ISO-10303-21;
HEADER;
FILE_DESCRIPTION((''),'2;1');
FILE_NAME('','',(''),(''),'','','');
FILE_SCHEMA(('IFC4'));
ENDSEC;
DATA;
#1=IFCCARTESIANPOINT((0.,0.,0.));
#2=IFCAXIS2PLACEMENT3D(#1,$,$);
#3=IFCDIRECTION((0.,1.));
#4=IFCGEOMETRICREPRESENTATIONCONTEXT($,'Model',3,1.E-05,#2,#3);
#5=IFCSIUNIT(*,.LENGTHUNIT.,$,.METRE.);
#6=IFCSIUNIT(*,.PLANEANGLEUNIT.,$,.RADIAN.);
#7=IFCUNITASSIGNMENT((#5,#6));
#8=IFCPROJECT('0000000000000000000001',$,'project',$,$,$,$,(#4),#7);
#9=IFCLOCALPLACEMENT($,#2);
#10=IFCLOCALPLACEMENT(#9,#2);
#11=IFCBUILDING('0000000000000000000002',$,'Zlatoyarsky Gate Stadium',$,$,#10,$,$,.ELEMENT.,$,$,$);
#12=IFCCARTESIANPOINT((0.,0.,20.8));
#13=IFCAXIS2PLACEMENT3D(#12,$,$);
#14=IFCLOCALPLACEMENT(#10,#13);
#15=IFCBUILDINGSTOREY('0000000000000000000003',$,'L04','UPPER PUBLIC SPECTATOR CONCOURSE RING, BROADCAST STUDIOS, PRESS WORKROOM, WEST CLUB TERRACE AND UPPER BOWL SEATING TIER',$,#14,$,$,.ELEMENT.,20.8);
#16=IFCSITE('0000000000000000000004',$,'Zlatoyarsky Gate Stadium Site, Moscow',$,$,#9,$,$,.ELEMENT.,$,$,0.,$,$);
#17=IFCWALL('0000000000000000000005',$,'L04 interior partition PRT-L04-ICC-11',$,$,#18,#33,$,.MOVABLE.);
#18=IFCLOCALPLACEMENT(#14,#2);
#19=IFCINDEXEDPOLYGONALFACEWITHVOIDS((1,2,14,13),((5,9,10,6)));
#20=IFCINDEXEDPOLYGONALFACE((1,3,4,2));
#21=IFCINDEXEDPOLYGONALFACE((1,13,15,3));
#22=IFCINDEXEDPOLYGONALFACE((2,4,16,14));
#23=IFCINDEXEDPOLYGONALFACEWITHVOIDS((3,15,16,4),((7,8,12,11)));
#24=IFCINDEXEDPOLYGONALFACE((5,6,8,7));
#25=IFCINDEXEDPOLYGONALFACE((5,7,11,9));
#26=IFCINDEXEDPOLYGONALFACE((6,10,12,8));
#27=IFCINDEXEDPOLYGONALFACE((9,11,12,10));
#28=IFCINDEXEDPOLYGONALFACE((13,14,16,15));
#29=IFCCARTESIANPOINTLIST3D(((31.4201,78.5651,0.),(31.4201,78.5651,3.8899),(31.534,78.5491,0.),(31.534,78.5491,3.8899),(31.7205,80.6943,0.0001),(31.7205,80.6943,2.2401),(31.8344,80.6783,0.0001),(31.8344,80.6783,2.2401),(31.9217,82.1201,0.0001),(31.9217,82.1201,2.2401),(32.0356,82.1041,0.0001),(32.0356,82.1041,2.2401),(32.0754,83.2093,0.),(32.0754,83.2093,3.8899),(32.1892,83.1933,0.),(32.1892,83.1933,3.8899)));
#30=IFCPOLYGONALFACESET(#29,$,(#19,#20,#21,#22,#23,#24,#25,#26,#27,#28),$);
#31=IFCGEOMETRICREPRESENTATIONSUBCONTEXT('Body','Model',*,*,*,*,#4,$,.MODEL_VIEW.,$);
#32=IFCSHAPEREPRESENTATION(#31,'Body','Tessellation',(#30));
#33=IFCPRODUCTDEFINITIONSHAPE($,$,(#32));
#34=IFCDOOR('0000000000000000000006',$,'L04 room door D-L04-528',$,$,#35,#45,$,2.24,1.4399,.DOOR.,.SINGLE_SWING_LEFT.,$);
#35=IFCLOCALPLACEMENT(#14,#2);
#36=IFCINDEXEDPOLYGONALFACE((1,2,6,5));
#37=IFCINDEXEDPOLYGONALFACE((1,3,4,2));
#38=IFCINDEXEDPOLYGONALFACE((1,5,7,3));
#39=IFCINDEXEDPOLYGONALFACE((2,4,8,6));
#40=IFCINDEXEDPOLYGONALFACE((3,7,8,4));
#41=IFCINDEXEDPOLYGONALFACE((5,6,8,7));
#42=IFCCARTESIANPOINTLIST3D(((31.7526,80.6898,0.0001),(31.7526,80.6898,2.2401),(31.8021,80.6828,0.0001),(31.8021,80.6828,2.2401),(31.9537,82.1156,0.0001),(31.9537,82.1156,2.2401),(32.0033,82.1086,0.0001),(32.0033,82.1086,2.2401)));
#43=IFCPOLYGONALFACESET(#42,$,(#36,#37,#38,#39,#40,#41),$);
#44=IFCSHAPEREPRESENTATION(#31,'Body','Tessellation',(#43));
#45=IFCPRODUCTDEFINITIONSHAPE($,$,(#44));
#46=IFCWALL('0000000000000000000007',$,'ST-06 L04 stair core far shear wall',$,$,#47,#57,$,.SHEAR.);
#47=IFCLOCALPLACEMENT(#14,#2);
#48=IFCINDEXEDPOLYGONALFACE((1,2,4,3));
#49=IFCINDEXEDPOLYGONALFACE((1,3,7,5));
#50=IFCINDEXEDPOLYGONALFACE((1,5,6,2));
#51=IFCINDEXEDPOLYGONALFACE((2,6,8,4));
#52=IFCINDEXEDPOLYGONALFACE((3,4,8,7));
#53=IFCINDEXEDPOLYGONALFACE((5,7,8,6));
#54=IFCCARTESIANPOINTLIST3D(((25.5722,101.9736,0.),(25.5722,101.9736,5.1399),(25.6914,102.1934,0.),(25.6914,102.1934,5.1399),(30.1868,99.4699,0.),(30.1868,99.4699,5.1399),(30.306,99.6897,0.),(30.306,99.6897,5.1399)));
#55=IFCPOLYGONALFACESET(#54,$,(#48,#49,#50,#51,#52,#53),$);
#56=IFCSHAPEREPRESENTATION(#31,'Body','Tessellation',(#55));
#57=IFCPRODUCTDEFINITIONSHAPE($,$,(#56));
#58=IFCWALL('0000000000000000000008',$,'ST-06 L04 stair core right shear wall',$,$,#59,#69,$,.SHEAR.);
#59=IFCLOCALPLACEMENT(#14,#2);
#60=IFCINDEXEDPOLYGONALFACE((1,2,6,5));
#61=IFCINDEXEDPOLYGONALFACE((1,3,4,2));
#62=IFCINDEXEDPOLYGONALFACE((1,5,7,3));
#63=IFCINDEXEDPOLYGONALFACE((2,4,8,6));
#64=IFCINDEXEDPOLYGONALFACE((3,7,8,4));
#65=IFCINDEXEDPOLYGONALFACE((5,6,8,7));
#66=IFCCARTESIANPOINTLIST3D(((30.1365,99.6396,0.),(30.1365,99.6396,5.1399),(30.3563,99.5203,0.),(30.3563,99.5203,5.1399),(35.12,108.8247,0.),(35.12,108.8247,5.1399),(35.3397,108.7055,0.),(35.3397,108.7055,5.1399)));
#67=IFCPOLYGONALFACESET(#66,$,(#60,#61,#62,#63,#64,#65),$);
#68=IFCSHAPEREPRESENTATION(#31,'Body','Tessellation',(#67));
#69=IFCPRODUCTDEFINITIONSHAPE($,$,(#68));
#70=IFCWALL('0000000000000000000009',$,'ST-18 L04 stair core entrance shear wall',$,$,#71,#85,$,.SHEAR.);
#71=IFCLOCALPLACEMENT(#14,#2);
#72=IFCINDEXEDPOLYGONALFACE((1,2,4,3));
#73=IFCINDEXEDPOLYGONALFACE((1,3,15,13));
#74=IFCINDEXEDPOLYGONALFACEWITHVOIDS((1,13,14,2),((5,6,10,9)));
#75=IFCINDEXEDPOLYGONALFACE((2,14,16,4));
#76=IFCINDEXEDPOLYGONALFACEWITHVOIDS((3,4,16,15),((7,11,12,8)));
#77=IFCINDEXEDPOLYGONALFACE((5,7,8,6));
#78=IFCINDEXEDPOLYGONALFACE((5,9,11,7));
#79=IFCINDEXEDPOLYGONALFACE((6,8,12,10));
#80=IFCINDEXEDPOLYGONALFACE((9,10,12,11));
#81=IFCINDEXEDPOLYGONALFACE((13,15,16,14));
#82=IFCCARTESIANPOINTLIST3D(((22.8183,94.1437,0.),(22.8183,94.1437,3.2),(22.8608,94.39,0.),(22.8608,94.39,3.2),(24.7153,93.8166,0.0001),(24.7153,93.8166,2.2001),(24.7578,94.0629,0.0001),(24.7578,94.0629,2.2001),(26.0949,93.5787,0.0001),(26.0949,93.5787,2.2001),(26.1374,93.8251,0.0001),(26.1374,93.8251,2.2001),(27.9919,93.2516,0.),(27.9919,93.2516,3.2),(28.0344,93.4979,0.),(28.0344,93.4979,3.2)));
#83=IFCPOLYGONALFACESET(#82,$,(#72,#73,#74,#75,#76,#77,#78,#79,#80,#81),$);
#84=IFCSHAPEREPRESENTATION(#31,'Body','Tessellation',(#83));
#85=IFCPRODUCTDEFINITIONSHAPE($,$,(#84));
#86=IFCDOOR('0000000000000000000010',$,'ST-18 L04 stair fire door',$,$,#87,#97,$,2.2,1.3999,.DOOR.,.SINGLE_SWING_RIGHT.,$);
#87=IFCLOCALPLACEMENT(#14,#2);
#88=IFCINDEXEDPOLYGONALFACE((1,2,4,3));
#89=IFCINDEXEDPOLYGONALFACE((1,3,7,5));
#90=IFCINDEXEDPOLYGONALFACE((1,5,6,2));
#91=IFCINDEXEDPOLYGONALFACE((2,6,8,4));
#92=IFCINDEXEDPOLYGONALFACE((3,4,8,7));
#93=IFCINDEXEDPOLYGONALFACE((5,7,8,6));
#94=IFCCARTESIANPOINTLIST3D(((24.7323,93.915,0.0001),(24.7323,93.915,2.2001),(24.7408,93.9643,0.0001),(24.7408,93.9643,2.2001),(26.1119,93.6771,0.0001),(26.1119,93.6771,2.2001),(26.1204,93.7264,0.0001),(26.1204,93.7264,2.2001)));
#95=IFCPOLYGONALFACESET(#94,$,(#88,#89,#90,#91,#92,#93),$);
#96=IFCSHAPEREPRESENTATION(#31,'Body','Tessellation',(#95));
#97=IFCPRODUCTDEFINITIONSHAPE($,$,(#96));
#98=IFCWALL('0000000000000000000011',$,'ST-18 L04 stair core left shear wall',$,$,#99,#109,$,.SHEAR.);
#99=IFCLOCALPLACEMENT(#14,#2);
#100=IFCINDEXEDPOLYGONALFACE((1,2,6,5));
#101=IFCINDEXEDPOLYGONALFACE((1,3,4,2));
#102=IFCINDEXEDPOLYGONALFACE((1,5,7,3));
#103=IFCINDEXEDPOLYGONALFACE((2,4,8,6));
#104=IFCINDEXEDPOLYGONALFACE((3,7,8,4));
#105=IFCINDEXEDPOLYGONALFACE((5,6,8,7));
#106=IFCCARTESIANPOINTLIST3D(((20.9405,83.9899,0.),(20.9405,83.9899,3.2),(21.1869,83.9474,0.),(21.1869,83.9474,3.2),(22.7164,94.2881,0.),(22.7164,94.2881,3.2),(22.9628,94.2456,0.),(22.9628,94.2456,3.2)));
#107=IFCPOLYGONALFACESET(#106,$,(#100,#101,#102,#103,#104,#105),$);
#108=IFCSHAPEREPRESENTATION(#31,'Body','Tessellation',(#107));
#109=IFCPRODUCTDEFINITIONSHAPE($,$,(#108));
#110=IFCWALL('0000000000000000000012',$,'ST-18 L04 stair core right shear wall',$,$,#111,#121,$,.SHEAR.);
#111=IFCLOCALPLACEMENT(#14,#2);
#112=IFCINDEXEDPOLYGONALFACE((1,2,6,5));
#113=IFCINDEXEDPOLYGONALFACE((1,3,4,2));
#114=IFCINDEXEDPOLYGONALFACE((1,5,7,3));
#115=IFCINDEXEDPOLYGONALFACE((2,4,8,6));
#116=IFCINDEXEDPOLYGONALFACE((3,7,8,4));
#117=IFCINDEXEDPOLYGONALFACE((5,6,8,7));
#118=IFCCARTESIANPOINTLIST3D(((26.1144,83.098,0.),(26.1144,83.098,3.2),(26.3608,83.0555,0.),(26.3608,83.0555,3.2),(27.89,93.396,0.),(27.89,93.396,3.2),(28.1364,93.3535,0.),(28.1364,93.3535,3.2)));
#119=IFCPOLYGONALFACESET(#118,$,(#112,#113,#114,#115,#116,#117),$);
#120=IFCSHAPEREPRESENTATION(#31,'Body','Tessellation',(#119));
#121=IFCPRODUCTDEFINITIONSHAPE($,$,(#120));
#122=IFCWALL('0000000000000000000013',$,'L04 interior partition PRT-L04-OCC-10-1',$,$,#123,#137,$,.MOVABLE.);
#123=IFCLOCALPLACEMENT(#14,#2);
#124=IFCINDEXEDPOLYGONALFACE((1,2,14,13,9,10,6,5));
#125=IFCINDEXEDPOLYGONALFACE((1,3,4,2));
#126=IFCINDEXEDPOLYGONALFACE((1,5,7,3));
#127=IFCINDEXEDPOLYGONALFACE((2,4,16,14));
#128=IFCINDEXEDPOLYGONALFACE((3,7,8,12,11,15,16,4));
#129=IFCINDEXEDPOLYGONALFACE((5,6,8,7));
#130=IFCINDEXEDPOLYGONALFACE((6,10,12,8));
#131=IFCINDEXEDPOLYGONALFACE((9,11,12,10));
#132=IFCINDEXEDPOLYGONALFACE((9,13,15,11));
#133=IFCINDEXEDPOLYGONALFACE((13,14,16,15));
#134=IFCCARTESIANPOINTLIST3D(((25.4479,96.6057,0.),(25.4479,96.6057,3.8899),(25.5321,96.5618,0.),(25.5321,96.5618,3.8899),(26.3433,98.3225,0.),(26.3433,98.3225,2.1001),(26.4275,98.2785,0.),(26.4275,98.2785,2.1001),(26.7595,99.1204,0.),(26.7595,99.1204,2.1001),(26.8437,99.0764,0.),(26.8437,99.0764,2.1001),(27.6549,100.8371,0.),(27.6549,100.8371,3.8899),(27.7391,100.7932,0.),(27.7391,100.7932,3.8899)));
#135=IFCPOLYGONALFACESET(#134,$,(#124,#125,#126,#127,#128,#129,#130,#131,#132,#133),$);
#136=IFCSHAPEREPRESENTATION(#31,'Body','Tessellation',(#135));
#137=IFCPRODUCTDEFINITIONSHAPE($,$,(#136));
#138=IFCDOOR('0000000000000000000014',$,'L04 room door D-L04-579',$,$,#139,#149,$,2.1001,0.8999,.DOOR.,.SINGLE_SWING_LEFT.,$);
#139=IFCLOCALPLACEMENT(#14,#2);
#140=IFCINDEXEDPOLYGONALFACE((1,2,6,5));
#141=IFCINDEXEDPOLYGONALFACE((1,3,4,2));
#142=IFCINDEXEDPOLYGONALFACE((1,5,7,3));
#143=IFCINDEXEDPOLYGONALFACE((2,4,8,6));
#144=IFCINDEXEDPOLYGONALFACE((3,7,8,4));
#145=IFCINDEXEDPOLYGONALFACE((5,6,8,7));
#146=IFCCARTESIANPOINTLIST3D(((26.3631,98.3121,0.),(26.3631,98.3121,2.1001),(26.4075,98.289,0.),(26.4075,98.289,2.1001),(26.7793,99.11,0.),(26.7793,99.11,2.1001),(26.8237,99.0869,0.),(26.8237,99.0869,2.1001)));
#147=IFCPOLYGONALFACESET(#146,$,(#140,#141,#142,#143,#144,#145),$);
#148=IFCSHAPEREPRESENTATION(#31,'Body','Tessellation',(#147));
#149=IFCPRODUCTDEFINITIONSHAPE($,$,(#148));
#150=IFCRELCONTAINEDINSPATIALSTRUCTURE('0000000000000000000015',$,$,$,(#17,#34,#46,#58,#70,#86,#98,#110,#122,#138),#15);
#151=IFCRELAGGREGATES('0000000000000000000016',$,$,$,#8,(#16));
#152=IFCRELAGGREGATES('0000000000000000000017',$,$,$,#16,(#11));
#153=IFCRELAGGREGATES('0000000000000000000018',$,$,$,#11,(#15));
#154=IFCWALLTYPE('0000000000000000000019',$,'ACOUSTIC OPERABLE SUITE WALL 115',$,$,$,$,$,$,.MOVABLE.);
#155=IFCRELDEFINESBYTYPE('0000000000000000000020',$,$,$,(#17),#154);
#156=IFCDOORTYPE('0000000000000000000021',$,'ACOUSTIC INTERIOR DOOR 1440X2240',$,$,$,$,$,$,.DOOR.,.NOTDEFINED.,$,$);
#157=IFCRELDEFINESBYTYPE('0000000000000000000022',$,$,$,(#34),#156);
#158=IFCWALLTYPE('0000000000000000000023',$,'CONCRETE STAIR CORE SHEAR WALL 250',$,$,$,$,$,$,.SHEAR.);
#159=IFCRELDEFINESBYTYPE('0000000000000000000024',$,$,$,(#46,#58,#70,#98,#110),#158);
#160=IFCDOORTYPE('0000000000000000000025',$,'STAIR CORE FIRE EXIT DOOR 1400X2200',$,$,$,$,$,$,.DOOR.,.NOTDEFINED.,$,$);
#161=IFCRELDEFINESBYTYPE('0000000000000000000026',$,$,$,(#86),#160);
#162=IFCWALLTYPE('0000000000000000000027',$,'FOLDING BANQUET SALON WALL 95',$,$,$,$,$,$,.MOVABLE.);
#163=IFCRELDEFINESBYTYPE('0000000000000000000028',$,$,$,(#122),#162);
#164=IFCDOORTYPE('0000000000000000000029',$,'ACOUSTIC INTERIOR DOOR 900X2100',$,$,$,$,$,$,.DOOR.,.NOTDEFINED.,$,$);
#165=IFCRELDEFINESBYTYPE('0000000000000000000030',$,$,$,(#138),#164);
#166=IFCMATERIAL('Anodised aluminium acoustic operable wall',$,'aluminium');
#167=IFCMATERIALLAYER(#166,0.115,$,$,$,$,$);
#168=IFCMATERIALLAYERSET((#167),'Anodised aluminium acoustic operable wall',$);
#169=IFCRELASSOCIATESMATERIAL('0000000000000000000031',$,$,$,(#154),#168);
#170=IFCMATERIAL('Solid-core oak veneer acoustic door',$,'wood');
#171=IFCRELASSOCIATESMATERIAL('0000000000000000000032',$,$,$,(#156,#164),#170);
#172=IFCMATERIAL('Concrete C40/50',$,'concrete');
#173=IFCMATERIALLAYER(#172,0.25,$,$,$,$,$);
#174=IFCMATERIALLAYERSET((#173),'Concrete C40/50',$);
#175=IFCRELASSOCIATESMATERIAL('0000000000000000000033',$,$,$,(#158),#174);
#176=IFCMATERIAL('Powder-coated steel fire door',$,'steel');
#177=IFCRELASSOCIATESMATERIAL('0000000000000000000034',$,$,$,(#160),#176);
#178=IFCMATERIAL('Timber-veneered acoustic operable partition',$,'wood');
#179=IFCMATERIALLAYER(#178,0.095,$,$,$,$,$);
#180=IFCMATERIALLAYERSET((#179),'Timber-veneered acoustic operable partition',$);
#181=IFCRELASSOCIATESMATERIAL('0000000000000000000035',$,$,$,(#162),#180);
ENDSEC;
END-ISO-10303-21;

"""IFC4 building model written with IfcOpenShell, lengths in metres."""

from ifc_helpers import new_model, si_unit, direction, frame, frame_2d, origin, place, context, subcontext, project, spatial, rectangle, extrude, material, layer, layer_set, type_object, element, fill, save


model = new_model("IFC4")

# Units and contexts
model_context = context("Model", 3, precision=1e-05, world=origin(), true_north=direction((0.0, 1.0)))
body_context = subcontext(model_context, "Body", "Model", "MODEL_VIEW")
ifc_project = project(units=[si_unit("LENGTHUNIT", "METRE"), si_unit("PLANEANGLEUNIT", "RADIAN")], contexts=[model_context])

# Site, building, storey
site_placement = place(None, origin())
site = spatial("IfcSite", under=ifc_project, at=site_placement, Name="Zlatoyarsky Gate Stadium Site, Moscow", CompositionType="ELEMENT", RefElevation=0.0)
building_placement = place(site_placement, origin())
building = spatial("IfcBuilding", under=site, at=building_placement, Name="Zlatoyarsky Gate Stadium", CompositionType="ELEMENT")
storey_placement = place(building_placement, frame((0.0, 0.0, 20.8)))
storey = spatial("IfcBuildingStorey", under=building, at=storey_placement, Name="L04", Description="UPPER PUBLIC SPECTATOR CONCOURSE RING, BROADCAST STUDIOS, PRESS WORKROOM, WEST CLUB TERRACE AND UPPER BOWL SEATING TIER", CompositionType="ELEMENT", Elevation=20.8)

# Wall, opening, door
ifc_material_1 = material(Name="Anodised aluminium acoustic operable wall", Category="aluminium")
ifc_layer_1 = layer(ifc_material_1, 0.115)
ifc_layer_set_1 = layer_set([ifc_layer_1], Name="Anodised aluminium acoustic operable wall")
wall_type_1 = type_object("IfcWallType", Name="ACOUSTIC OPERABLE SUITE WALL 115", PredefinedType="MOVABLE", material=ifc_layer_set_1)
wall_1_placement = place(storey_placement, frame((32.1323, 83.2014, 0.0), z_axis=(0.0, 0.0, 1.0), x_axis=(-0.139709, -0.990193, 0.0)))
wall_1 = element("IfcWall", 1, at=wall_1_placement, inside=storey, type_object=wall_type_1, Name="L04 interior partition PRT-L04-ICC-11", PredefinedType="MOVABLE", context=body_context, shape_type="SweptSolid", body=[
    extrude(rectangle(XDim=4.6902, YDim=0.115, at=frame_2d((2.3452, 0.0))), origin(), (0.0, 0.0, 1.0), 3.8899),
])
opening_1_placement = place(wall_1_placement, frame((1.1001, 0.0, 0.0)))
opening_1 = element("IfcOpeningElement", 2, at=opening_1_placement, cuts=wall_1, PredefinedType="OPENING", context=body_context, shape_type="SweptSolid", body=[
    extrude(rectangle(XDim=1.4399, YDim=2.24, at=frame_2d((0.72, 1.1201))), frame((0.0, 0.0674, 0.0), z_axis=(0.0, -1.0, 0.0), x_axis=(1.0, 0.0, 0.0)), (0.0, 0.0, 1.0), 0.135),
])
ifc_material_2 = material(Name="Solid-core oak veneer acoustic door", Category="wood")
door_type_1 = type_object("IfcDoorType", Name="ACOUSTIC INTERIOR DOOR 1440X2240", OperationType="NOTDEFINED", PredefinedType="DOOR", material=ifc_material_2)
door_1_placement = place(opening_1_placement, origin())
door_1 = element("IfcDoor", 3, at=door_1_placement, inside=storey, type_object=door_type_1, Name="L04 room door D-L04-528", OperationType="SINGLE_SWING_LEFT", OverallHeight=2.24, OverallWidth=1.4399, PredefinedType="DOOR", context=body_context, shape_type="SweptSolid", body=[
    extrude(rectangle(XDim=1.4399, YDim=2.24, at=frame_2d((0.72, 1.1201))), frame((0.0, 0.0249, 0.0), z_axis=(0.0, -1.0, 0.0), x_axis=(1.0, 0.0, 0.0)), (0.0, 0.0, 1.0), 0.05),
])
fill(opening_1, door_1)

# Walls
ifc_material_3 = material(Name="Concrete C40/50", Category="concrete")
ifc_layer_2 = layer(ifc_material_3, 0.25)
ifc_layer_set_2 = layer_set([ifc_layer_2], Name="Concrete C40/50")
wall_type_2 = type_object("IfcWallType", Name="CONCRETE STAIR CORE SHEAR WALL 250", PredefinedType="SHEAR", material=ifc_layer_set_2)
wall_2_placement = place(storey_placement, frame((25.6318, 102.0835, 0.0), z_axis=(0.0, 0.0, 1.0), x_axis=(0.878961, -0.476893, 0.0)))
element("IfcWall", 4, at=wall_2_placement, inside=storey, type_object=wall_type_2, Name="ST-06 L04 stair core far shear wall", PredefinedType="SHEAR", context=body_context, shape_type="SweptSolid", body=[
    extrude(rectangle(XDim=5.25, YDim=0.25, at=frame_2d((2.625, 0.0))), origin(), (0.0, 0.0, 1.0), 5.1399),
])
wall_3_placement = place(storey_placement, frame((30.2463, 99.5798, 0.0), z_axis=(0.0, 0.0, 1.0), x_axis=(0.476887, 0.878965, 0.0)))
element("IfcWall", 5, at=wall_3_placement, inside=storey, type_object=wall_type_2, Name="ST-06 L04 stair core right shear wall", PredefinedType="SHEAR", context=body_context, shape_type="SweptSolid", body=[
    extrude(rectangle(XDim=10.45, YDim=0.25, at=frame_2d((5.2251, 0.0))), origin(), (0.0, 0.0, 1.0), 5.1399),
])

# Wall, opening, door
wall_4_placement = place(storey_placement, frame((28.0132, 93.3748, 0.0), z_axis=(0.0, 0.0, 1.0), x_axis=(-0.985457, 0.169924, 0.0)))
wall_4 = element("IfcWall", 6, at=wall_4_placement, inside=storey, type_object=wall_type_2, Name="ST-18 L04 stair core entrance shear wall", PredefinedType="SHEAR", context=body_context, shape_type="SweptSolid", body=[
    extrude(rectangle(XDim=5.25, YDim=0.25, at=frame_2d((2.625, 0.0))), origin(), (0.0, 0.0, 1.0), 3.2),
])
opening_2_placement = place(wall_4_placement, frame((1.925, 0.0, 0.0)))
opening_2 = element("IfcOpeningElement", 7, at=opening_2_placement, cuts=wall_4, PredefinedType="OPENING", context=body_context, shape_type="SweptSolid", body=[
    extrude(rectangle(XDim=1.3999, YDim=2.2, at=frame_2d((0.7, 1.1001))), frame((0.0, 0.135, 0.0), z_axis=(0.0, -1.0, 0.0), x_axis=(1.0, 0.0, 0.0)), (0.0, 0.0, 1.0), 0.27),
])
ifc_material_4 = material(Name="Powder-coated steel fire door", Category="steel")
door_type_2 = type_object("IfcDoorType", Name="STAIR CORE FIRE EXIT DOOR 1400X2200", OperationType="NOTDEFINED", PredefinedType="DOOR", material=ifc_material_4)
door_2_placement = place(opening_2_placement, frame((1.3999, 0.0, 0.0), z_axis=(0.0, 0.0, 1.0), x_axis=(-1.0, 0.0, 0.0)))
door_2 = element("IfcDoor", 8, at=door_2_placement, inside=storey, type_object=door_type_2, Name="ST-18 L04 stair fire door", OperationType="SINGLE_SWING_RIGHT", OverallHeight=2.2, OverallWidth=1.3999, PredefinedType="DOOR", context=body_context, shape_type="SweptSolid", body=[
    extrude(rectangle(XDim=1.3999, YDim=2.2, at=frame_2d((0.7, 1.1001))), frame((0.0, 0.0249, 0.0), z_axis=(0.0, -1.0, 0.0), x_axis=(1.0, 0.0, 0.0)), (0.0, 0.0, 1.0), 0.05),
])
fill(opening_2, door_2)

# Walls
wall_5_placement = place(storey_placement, frame((22.8396, 94.2668, 0.0), z_axis=(0.0, 0.0, 1.0), x_axis=(-0.169939, -0.985455, 0.0)))
element("IfcWall", 9, at=wall_5_placement, inside=storey, type_object=wall_type_2, Name="ST-18 L04 stair core left shear wall", PredefinedType="SHEAR", context=body_context, shape_type="SweptSolid", body=[
    extrude(rectangle(XDim=10.4502, YDim=0.25, at=frame_2d((5.2251, 0.0))), origin(), (0.0, 0.0, 1.0), 3.2),
])
wall_6_placement = place(storey_placement, frame((26.2375, 83.0767, 0.0), z_axis=(0.0, 0.0, 1.0), x_axis=(0.169916, 0.985458, 0.0)))
element("IfcWall", 10, at=wall_6_placement, inside=storey, type_object=wall_type_2, Name="ST-18 L04 stair core right shear wall", PredefinedType="SHEAR", context=body_context, shape_type="SweptSolid", body=[
    extrude(rectangle(XDim=10.45, YDim=0.25, at=frame_2d((5.2251, 0.0))), origin(), (0.0, 0.0, 1.0), 3.2),
])

# Wall, opening, door
ifc_material_5 = material(Name="Timber-veneered acoustic operable partition", Category="wood")
ifc_layer_3 = layer(ifc_material_5, 0.095)
ifc_layer_set_3 = layer_set([ifc_layer_3], Name="Timber-veneered acoustic operable partition")
wall_type_3 = type_object("IfcWallType", Name="FOLDING BANQUET SALON WALL 95", PredefinedType="MOVABLE", material=ifc_layer_set_3)
wall_7_placement = place(storey_placement, frame((27.697, 100.8152, 0.0), z_axis=(0.0, 0.0, 1.0), x_axis=(-0.462454, -0.886643, 0.0)))
wall_7 = element("IfcWall", 11, at=wall_7_placement, inside=storey, type_object=wall_type_3, Name="L04 interior partition PRT-L04-OCC-10-1", PredefinedType="MOVABLE", context=body_context, shape_type="SweptSolid", body=[
    extrude(rectangle(XDim=4.7725, YDim=0.095, at=frame_2d((2.3862, 0.0))), origin(), (0.0, 0.0, 1.0), 3.8899),
])
opening_3_placement = place(wall_7_placement, frame((1.9363, 0.0, 0.0)))
opening_3 = element("IfcOpeningElement", 12, at=opening_3_placement, cuts=wall_7, PredefinedType="OPENING", context=body_context, shape_type="SweptSolid", body=[
    extrude(rectangle(XDim=0.8999, YDim=2.1001, at=frame_2d((0.45, 1.05))), frame((0.0, 0.0574, 0.0), z_axis=(0.0, -1.0, 0.0), x_axis=(1.0, 0.0, 0.0)), (0.0, 0.0, 1.0), 0.115),
])
door_type_3 = type_object("IfcDoorType", Name="ACOUSTIC INTERIOR DOOR 900X2100", OperationType="NOTDEFINED", PredefinedType="DOOR", material=ifc_material_2)
door_3_placement = place(opening_3_placement, origin())
door_3 = element("IfcDoor", 13, at=door_3_placement, inside=storey, type_object=door_type_3, Name="L04 room door D-L04-579", OperationType="SINGLE_SWING_LEFT", OverallHeight=2.1001, OverallWidth=0.8999, PredefinedType="DOOR", context=body_context, shape_type="SweptSolid", body=[
    extrude(rectangle(XDim=0.8999, YDim=2.1001, at=frame_2d((0.45, 1.05))), frame((0.0, 0.0249, 0.0), z_axis=(0.0, -1.0, 0.0), x_axis=(1.0, 0.0, 0.0)), (0.0, 0.0, 1.0), 0.05),
])
fill(opening_3, door_3)

save(model, "model.ifc")
